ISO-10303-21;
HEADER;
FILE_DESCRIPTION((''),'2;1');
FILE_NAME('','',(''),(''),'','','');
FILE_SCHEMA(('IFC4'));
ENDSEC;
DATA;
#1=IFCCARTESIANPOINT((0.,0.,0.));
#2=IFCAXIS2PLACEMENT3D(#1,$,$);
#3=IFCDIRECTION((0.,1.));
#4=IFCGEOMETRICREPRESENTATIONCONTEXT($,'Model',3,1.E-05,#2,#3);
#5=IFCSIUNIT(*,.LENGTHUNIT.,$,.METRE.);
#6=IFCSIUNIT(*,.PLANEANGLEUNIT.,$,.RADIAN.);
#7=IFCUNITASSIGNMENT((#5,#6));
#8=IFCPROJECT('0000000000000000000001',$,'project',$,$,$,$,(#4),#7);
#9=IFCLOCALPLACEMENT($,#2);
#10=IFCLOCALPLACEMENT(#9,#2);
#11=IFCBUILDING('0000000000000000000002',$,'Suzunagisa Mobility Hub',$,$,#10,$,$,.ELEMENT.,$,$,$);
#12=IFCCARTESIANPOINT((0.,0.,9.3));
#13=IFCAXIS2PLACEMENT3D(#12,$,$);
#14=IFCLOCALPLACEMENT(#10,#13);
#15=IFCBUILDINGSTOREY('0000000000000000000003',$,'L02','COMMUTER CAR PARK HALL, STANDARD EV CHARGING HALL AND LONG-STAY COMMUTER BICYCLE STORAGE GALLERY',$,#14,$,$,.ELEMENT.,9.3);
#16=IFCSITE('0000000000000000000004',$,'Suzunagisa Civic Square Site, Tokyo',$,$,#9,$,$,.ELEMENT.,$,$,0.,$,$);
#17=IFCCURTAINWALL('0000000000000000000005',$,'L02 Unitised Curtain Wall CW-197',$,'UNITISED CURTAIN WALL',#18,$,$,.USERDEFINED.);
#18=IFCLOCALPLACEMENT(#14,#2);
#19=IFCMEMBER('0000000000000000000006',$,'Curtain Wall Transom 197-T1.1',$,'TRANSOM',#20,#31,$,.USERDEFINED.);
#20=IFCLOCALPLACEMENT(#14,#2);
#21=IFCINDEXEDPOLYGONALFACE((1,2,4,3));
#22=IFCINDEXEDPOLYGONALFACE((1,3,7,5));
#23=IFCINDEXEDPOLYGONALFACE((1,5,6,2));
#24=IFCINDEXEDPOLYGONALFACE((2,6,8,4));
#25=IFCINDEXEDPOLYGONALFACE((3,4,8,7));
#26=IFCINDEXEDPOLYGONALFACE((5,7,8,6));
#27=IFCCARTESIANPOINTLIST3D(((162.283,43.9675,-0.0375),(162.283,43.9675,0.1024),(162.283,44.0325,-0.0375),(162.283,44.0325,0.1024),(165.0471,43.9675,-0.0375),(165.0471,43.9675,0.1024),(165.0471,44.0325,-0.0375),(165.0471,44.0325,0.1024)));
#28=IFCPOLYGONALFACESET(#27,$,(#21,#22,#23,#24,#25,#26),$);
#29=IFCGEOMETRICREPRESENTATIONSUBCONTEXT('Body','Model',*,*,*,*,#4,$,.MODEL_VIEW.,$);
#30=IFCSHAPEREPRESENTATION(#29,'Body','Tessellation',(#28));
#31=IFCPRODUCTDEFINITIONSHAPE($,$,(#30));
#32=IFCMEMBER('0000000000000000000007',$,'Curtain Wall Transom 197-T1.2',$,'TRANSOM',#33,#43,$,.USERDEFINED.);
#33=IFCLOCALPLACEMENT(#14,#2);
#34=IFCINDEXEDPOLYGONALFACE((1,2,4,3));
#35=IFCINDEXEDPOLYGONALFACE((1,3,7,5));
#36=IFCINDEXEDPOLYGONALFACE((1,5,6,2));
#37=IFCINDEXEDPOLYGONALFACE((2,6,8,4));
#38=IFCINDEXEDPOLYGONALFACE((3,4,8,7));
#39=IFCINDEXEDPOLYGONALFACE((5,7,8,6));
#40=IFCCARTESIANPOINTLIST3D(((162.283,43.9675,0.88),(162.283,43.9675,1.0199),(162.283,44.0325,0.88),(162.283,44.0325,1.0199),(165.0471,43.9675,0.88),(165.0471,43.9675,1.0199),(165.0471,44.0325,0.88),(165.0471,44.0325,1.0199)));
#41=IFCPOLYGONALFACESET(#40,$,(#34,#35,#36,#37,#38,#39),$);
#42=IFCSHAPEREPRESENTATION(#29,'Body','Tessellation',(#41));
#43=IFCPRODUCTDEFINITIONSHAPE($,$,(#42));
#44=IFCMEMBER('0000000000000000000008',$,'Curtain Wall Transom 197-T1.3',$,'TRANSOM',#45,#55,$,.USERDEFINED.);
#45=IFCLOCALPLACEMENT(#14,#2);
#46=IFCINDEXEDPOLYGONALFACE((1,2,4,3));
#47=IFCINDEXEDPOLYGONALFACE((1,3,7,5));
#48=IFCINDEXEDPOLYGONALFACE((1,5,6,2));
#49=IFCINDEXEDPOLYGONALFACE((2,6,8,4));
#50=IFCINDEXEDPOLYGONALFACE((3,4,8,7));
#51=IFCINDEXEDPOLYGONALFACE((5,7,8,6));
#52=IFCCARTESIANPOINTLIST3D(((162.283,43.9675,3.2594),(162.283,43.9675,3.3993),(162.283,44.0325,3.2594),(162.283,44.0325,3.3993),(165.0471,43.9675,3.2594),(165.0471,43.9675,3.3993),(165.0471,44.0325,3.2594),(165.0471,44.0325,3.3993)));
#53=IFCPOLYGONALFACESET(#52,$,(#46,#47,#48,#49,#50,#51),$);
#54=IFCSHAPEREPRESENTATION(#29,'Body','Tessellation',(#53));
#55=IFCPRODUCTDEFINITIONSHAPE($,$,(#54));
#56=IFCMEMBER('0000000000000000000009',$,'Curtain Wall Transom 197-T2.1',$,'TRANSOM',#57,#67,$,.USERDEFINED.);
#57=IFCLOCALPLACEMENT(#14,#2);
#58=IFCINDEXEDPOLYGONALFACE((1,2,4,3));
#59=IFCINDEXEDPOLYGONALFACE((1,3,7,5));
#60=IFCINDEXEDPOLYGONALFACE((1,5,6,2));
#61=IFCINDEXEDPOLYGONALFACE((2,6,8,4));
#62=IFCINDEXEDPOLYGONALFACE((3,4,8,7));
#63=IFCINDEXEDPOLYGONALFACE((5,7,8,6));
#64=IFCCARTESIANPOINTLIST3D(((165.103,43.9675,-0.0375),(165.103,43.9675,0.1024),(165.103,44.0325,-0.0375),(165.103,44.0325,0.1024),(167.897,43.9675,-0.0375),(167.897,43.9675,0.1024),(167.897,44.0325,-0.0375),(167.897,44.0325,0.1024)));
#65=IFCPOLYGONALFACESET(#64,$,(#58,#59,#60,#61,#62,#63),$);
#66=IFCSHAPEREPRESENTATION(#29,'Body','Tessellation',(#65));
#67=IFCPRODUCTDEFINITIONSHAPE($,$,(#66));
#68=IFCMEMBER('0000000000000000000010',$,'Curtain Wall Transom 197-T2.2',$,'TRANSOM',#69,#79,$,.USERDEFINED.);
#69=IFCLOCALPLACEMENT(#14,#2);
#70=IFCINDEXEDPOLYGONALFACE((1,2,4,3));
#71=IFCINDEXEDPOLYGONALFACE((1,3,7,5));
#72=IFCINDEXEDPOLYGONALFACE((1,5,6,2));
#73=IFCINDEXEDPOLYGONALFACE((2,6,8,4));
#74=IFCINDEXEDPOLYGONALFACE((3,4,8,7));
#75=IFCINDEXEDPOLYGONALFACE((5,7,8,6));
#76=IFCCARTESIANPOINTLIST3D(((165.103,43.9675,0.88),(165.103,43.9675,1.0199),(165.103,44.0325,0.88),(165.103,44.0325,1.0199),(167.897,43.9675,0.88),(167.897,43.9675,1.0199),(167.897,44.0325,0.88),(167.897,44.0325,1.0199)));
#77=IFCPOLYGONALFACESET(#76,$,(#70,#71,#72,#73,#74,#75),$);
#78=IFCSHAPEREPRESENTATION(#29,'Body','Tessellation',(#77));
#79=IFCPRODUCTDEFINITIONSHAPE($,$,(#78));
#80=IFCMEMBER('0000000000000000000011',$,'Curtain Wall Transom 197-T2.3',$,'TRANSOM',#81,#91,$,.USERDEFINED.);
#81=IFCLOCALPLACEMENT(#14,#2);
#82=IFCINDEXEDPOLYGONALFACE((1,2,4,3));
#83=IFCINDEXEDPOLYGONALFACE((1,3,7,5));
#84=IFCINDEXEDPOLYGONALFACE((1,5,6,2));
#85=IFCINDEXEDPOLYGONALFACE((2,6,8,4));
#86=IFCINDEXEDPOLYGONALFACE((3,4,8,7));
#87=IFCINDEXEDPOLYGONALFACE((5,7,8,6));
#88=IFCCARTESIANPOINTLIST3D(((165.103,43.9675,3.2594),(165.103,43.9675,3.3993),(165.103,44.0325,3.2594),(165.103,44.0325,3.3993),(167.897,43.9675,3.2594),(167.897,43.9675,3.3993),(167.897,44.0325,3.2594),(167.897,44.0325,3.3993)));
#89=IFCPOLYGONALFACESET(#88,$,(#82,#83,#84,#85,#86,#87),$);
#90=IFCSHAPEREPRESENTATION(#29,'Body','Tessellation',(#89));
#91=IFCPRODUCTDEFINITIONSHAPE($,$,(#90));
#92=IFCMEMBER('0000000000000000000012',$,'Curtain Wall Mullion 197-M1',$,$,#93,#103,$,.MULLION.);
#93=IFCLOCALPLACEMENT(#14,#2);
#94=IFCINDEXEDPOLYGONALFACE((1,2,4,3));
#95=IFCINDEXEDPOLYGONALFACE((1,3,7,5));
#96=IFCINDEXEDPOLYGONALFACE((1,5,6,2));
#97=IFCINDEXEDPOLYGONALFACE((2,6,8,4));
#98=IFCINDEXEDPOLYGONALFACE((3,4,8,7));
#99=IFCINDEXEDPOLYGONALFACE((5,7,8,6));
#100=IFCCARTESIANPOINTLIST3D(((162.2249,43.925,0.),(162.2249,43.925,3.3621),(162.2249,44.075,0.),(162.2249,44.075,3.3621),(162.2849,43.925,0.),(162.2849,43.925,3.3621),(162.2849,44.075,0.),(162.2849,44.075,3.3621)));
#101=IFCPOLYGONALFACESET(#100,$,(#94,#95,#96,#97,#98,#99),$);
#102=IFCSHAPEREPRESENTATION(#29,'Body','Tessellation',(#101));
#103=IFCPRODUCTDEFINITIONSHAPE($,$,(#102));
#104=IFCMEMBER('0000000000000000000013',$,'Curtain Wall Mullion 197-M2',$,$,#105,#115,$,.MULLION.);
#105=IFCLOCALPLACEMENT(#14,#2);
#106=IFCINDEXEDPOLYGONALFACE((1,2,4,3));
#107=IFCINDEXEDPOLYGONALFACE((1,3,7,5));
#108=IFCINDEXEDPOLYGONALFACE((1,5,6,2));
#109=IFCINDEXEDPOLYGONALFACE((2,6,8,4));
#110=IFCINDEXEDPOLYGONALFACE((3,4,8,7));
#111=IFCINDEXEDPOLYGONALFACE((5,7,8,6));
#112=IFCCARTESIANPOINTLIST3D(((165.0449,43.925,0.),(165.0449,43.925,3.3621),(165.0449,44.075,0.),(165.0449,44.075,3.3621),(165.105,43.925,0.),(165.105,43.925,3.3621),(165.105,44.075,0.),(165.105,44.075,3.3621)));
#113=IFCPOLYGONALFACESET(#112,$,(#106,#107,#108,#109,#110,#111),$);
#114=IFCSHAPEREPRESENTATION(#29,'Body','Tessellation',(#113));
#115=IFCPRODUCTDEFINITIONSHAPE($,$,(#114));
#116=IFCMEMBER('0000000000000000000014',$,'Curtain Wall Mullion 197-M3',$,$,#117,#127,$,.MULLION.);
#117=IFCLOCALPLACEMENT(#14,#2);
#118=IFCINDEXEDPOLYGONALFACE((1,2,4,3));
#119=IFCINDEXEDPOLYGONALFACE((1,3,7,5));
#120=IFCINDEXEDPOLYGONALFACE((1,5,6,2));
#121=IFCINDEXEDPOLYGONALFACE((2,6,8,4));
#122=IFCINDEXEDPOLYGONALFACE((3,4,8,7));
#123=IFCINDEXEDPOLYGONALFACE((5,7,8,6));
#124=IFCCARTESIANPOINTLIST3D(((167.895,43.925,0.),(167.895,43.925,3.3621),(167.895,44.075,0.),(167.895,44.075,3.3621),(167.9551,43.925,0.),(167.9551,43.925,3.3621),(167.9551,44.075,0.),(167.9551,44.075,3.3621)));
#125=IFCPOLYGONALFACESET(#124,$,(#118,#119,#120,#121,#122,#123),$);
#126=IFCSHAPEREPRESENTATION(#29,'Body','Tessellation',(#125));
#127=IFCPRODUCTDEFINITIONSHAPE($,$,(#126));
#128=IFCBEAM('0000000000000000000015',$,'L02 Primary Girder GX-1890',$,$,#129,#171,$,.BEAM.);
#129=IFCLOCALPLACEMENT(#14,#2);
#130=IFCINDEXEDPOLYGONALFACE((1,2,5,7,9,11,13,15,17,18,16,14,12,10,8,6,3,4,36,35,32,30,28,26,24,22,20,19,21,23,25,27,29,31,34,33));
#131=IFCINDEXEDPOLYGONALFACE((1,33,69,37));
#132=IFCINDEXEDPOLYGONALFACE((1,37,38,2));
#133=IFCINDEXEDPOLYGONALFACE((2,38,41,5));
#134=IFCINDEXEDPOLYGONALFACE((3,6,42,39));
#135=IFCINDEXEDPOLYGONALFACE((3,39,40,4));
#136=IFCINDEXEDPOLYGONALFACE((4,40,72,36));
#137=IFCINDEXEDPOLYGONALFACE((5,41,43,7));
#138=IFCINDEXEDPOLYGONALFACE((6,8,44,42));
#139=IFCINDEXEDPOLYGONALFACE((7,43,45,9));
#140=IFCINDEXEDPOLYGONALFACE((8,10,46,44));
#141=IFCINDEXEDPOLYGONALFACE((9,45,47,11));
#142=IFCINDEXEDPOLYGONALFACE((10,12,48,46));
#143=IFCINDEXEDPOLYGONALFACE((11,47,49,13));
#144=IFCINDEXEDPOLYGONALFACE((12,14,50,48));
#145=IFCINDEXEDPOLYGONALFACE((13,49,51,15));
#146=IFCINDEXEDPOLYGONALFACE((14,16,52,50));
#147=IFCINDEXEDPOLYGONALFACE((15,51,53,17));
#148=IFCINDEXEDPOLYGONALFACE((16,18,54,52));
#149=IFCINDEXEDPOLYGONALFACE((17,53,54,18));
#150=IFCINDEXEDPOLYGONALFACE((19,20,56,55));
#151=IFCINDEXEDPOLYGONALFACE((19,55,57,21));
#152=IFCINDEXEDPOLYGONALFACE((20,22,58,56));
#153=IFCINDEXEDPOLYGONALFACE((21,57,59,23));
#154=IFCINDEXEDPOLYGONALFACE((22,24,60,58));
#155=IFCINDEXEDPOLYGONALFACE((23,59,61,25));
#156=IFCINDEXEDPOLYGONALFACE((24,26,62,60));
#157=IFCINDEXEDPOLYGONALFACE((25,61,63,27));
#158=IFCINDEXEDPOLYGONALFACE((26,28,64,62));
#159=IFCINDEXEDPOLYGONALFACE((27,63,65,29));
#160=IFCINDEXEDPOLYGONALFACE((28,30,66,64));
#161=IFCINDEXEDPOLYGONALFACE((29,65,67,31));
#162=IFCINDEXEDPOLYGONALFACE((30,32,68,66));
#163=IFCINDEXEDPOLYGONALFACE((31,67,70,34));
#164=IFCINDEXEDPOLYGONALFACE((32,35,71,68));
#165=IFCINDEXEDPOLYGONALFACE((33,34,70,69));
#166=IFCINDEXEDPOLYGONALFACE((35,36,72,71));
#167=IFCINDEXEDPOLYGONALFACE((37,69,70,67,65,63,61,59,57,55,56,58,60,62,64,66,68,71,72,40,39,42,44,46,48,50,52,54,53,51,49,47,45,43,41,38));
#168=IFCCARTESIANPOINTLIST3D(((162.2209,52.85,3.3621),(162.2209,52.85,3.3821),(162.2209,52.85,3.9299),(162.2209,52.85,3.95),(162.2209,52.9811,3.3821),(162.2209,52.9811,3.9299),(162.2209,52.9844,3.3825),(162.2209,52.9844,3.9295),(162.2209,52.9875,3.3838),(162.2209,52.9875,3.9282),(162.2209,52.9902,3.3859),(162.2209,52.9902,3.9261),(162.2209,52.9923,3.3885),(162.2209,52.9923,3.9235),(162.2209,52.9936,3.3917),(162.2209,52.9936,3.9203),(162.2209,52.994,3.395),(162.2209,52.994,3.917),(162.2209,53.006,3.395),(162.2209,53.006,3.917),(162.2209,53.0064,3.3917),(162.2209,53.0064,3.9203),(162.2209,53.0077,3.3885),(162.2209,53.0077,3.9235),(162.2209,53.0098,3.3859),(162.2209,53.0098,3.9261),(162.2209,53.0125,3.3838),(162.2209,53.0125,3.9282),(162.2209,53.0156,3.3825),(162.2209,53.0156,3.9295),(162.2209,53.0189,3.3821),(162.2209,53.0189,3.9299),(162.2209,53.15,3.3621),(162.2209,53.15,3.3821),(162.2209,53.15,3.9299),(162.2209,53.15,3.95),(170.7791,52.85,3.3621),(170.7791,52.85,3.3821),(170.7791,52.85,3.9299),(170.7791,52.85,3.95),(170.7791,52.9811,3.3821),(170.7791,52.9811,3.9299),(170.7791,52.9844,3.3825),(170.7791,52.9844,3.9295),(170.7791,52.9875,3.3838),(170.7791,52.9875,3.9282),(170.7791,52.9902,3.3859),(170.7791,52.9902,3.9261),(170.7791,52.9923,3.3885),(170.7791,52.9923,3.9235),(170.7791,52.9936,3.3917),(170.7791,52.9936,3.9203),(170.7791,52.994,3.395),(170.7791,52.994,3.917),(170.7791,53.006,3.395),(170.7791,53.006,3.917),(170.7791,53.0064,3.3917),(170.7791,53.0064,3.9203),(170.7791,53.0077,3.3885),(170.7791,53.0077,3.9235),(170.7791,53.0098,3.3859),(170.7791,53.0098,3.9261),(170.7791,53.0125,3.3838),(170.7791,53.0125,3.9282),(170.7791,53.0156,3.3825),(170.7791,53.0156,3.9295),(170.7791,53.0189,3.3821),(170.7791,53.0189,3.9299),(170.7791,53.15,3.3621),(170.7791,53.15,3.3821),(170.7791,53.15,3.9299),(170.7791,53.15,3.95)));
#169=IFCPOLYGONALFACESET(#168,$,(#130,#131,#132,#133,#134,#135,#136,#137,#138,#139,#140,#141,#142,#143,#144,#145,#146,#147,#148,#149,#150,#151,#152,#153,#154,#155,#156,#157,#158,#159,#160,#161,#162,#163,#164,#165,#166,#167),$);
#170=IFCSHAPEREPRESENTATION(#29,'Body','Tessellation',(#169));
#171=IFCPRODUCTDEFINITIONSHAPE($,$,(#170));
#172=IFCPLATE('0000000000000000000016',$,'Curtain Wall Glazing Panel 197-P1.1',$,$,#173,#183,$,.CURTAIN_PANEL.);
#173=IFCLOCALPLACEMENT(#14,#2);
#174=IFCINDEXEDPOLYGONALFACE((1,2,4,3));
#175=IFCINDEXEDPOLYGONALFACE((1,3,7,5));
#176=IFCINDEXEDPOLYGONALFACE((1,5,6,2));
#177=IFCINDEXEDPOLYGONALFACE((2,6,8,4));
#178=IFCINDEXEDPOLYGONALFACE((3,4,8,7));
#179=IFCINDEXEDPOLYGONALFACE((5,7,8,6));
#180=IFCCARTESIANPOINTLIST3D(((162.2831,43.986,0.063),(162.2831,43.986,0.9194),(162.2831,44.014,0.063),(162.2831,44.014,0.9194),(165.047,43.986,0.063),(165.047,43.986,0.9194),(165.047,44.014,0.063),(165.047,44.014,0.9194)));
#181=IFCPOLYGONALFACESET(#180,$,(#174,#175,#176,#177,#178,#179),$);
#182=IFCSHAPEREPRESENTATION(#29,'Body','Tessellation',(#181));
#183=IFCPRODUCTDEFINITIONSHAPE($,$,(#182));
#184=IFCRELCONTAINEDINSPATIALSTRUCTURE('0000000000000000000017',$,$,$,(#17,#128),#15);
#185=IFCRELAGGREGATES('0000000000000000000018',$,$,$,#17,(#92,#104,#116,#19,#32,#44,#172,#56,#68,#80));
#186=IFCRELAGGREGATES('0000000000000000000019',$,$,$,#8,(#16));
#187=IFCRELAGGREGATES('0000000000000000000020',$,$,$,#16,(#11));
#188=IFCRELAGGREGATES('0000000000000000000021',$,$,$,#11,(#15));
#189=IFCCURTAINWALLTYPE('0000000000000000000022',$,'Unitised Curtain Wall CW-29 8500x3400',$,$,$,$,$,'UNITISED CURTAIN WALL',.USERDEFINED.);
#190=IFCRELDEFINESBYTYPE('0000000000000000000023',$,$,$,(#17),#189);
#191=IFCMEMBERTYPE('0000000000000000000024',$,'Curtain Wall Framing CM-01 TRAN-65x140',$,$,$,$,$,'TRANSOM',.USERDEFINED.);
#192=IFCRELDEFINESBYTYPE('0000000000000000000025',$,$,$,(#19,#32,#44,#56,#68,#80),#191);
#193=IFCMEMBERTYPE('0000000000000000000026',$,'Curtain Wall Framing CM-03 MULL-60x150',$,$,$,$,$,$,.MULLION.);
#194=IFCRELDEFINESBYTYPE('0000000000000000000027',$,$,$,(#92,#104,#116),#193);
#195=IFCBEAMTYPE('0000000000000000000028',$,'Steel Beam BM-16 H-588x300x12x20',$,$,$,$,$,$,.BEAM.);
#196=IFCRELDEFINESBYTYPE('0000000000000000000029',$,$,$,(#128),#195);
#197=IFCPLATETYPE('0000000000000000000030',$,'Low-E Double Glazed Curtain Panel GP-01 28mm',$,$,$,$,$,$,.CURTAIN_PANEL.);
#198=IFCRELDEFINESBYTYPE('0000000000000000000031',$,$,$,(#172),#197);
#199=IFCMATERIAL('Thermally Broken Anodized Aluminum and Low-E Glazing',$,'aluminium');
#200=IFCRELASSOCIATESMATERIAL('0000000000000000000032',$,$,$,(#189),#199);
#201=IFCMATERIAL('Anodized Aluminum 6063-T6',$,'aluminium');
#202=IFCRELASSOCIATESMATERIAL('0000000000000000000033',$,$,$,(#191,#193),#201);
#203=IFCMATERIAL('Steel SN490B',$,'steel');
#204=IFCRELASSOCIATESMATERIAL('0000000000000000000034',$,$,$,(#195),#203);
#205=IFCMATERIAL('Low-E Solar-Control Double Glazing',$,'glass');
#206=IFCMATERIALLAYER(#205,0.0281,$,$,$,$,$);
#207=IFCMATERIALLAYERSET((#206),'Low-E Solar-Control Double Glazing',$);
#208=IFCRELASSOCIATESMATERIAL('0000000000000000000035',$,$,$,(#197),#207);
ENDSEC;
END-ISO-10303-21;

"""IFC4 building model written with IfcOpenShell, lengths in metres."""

from ifc_helpers import new_model, si_unit, direction, frame, origin, origin_2d, place, context, subcontext, project, spatial, rectangle, i_section, extrude, material, layer, layer_set, material_profile, profile_set, type_object, element, aggregate, save


model = new_model("IFC4")

# Units and contexts
model_context = context("Model", 3, precision=1e-05, world=origin(), true_north=direction((0.0, 1.0)))
body_context = subcontext(model_context, "Body", "Model", "MODEL_VIEW")
ifc_project = project(units=[si_unit("LENGTHUNIT", "METRE"), si_unit("PLANEANGLEUNIT", "RADIAN")], contexts=[model_context])

# Site, building, storey
site_placement = place(None, origin())
site = spatial("IfcSite", under=ifc_project, at=site_placement, Name="Suzunagisa Civic Square Site, Tokyo", CompositionType="ELEMENT", RefElevation=0.0)
building_placement = place(site_placement, origin())
building = spatial("IfcBuilding", under=site, at=building_placement, Name="Suzunagisa Mobility Hub", CompositionType="ELEMENT")
storey_placement = place(building_placement, frame((0.0, 0.0, 9.3)))
storey = spatial("IfcBuildingStorey", under=building, at=storey_placement, Name="L02", Description="COMMUTER CAR PARK HALL, STANDARD EV CHARGING HALL AND LONG-STAY COMMUTER BICYCLE STORAGE GALLERY", CompositionType="ELEMENT", Elevation=9.3)

# Curtain wall, members
ifc_material_1 = material(Name="Thermally Broken Anodized Aluminum and Low-E Glazing", Category="aluminium")
curtain_wall_type = type_object("IfcCurtainWallType", Name="Unitised Curtain Wall CW-29 8500x3400", ElementType="UNITISED CURTAIN WALL", PredefinedType="USERDEFINED", material=ifc_material_1)
curtain_wall_placement = place(storey_placement, origin())
curtain_wall = element("IfcCurtainWall", 1, at=curtain_wall_placement, inside=storey, type_object=curtain_wall_type, Name="L02 Unitised Curtain Wall CW-197", ObjectType="UNITISED CURTAIN WALL", PredefinedType="USERDEFINED")
ifc_material_2 = material(Name="Anodized Aluminum 6063-T6", Category="aluminium")
ifc_material_profile_1 = material_profile(ifc_material_2, rectangle(XDim=0.0649, YDim=0.1399, at=origin_2d()), Name="TRAN-65x140")
ifc_profile_set_1 = profile_set([ifc_material_profile_1], Name="Anodized Aluminum 6063-T6")
member_type_1 = type_object("IfcMemberType", Name="Curtain Wall Framing CM-01 TRAN-65x140", ElementType="TRANSOM", PredefinedType="USERDEFINED", material=ifc_profile_set_1)
member_1_placement = place(storey_placement, frame((162.283, 44.0, 0.0325), z_axis=(1.0, 0.0, 0.0), x_axis=(0.0, 1.0, 0.0)))
member_1 = element("IfcMember", 2, at=member_1_placement, type_object=member_type_1, Name="Curtain Wall Transom 197-T1.1", ObjectType="TRANSOM", PredefinedType="USERDEFINED", context=body_context, shape_type="SweptSolid", body=[
    extrude(rectangle(XDim=0.0649, YDim=0.1399, at=origin_2d()), origin(), (0.0, 0.0, 1.0), 2.7642),
])
member_2_placement = place(storey_placement, frame((162.283, 44.0, 0.95), z_axis=(1.0, 0.0, 0.0), x_axis=(0.0, 1.0, 0.0)))
member_2 = element("IfcMember", 3, at=member_2_placement, type_object=member_type_1, Name="Curtain Wall Transom 197-T1.2", ObjectType="TRANSOM", PredefinedType="USERDEFINED", context=body_context, shape_type="SweptSolid", body=[
    extrude(rectangle(XDim=0.0649, YDim=0.1399, at=origin_2d()), origin(), (0.0, 0.0, 1.0), 2.7642),
])
member_3_placement = place(storey_placement, frame((162.283, 44.0, 3.3293), z_axis=(1.0, 0.0, 0.0), x_axis=(0.0, 1.0, 0.0)))
member_3 = element("IfcMember", 4, at=member_3_placement, type_object=member_type_1, Name="Curtain Wall Transom 197-T1.3", ObjectType="TRANSOM", PredefinedType="USERDEFINED", context=body_context, shape_type="SweptSolid", body=[
    extrude(rectangle(XDim=0.0649, YDim=0.1399, at=origin_2d()), origin(), (0.0, 0.0, 1.0), 2.7642),
])
member_4_placement = place(storey_placement, frame((165.103, 44.0, 0.0325), z_axis=(1.0, 0.0, 0.0), x_axis=(0.0, 1.0, 0.0)))
member_4 = element("IfcMember", 5, at=member_4_placement, type_object=member_type_1, Name="Curtain Wall Transom 197-T2.1", ObjectType="TRANSOM", PredefinedType="USERDEFINED", context=body_context, shape_type="SweptSolid", body=[
    extrude(rectangle(XDim=0.0649, YDim=0.1399, at=origin_2d()), origin(), (0.0, 0.0, 1.0), 2.7939),
])
member_5_placement = place(storey_placement, frame((165.103, 44.0, 0.95), z_axis=(1.0, 0.0, 0.0), x_axis=(0.0, 1.0, 0.0)))
member_5 = element("IfcMember", 6, at=member_5_placement, type_object=member_type_1, Name="Curtain Wall Transom 197-T2.2", ObjectType="TRANSOM", PredefinedType="USERDEFINED", context=body_context, shape_type="SweptSolid", body=[
    extrude(rectangle(XDim=0.0649, YDim=0.1399, at=origin_2d()), origin(), (0.0, 0.0, 1.0), 2.7939),
])
member_6_placement = place(storey_placement, frame((165.103, 44.0, 3.3293), z_axis=(1.0, 0.0, 0.0), x_axis=(0.0, 1.0, 0.0)))
member_6 = element("IfcMember", 7, at=member_6_placement, type_object=member_type_1, Name="Curtain Wall Transom 197-T2.3", ObjectType="TRANSOM", PredefinedType="USERDEFINED", context=body_context, shape_type="SweptSolid", body=[
    extrude(rectangle(XDim=0.0649, YDim=0.1399, at=origin_2d()), origin(), (0.0, 0.0, 1.0), 2.7939),
])
ifc_material_profile_2 = material_profile(ifc_material_2, rectangle(XDim=0.0601, YDim=0.1499, at=origin_2d()), Name="MULL-60x150")
ifc_profile_set_2 = profile_set([ifc_material_profile_2], Name="Anodized Aluminum 6063-T6")
member_type_2 = type_object("IfcMemberType", Name="Curtain Wall Framing CM-03 MULL-60x150", PredefinedType="MULLION", material=ifc_profile_set_2)
member_7_placement = place(storey_placement, frame((162.2549, 44.0, 0.0), z_axis=(0.0, 0.0, 1.0), x_axis=(1.0, 0.0, 0.0)))
member_7 = element("IfcMember", 8, at=member_7_placement, type_object=member_type_2, Name="Curtain Wall Mullion 197-M1", PredefinedType="MULLION", context=body_context, shape_type="SweptSolid", body=[
    extrude(rectangle(XDim=0.0601, YDim=0.1499, at=origin_2d()), origin(), (0.0, 0.0, 1.0), 3.3621),
])
member_8_placement = place(storey_placement, frame((165.075, 44.0, 0.0), z_axis=(0.0, 0.0, 1.0), x_axis=(1.0, 0.0, 0.0)))
member_8 = element("IfcMember", 9, at=member_8_placement, type_object=member_type_2, Name="Curtain Wall Mullion 197-M2", PredefinedType="MULLION", context=body_context, shape_type="SweptSolid", body=[
    extrude(rectangle(XDim=0.0601, YDim=0.1499, at=origin_2d()), origin(), (0.0, 0.0, 1.0), 3.3621),
])
member_9_placement = place(storey_placement, frame((167.925, 44.0, 0.0), z_axis=(0.0, 0.0, 1.0), x_axis=(1.0, 0.0, 0.0)))
member_9 = element("IfcMember", 10, at=member_9_placement, type_object=member_type_2, Name="Curtain Wall Mullion 197-M3", PredefinedType="MULLION", context=body_context, shape_type="SweptSolid", body=[
    extrude(rectangle(XDim=0.0601, YDim=0.1499, at=origin_2d()), origin(), (0.0, 0.0, 1.0), 3.3621),
])

# Beam
ifc_material_3 = material(Name="Steel SN490B", Category="steel")
ifc_material_profile_3 = material_profile(ifc_material_3, i_section(OverallWidth=0.3, OverallDepth=0.5879, WebThickness=0.012, FlangeThickness=0.02, FilletRadius=0.0129, at=origin_2d()), Name="H-588x300x12x20")
ifc_profile_set_3 = profile_set([ifc_material_profile_3], Name="Steel SN490B")
beam_type = type_object("IfcBeamType", Name="Steel Beam BM-16 H-588x300x12x20", PredefinedType="BEAM", material=ifc_profile_set_3)
beam_placement = place(storey_placement, frame((162.2209, 53.0, 3.656), z_axis=(1.0, 0.0, 0.0), x_axis=(0.0, 1.0, 0.0)))
element("IfcBeam", 11, at=beam_placement, inside=storey, type_object=beam_type, Name="L02 Primary Girder GX-1890", PredefinedType="BEAM", context=body_context, shape_type="SweptSolid", body=[
    extrude(i_section(OverallWidth=0.3, OverallDepth=0.5879, WebThickness=0.012, FlangeThickness=0.02, FilletRadius=0.0129, at=origin_2d()), origin(), (0.0, 0.0, 1.0), 8.5581),
])

# Plate
ifc_material_4 = material(Name="Low-E Solar-Control Double Glazing", Category="glass")
ifc_layer_1 = layer(ifc_material_4, 0.0281)
ifc_layer_set_1 = layer_set([ifc_layer_1], Name="Low-E Solar-Control Double Glazing")
plate_type = type_object("IfcPlateType", Name="Low-E Double Glazed Curtain Panel GP-01 28mm", PredefinedType="CURTAIN_PANEL", material=ifc_layer_set_1)
plate_1_placement = place(storey_placement, frame((163.665, 44.0, 0.063), z_axis=(0.0, 0.0, 1.0), x_axis=(1.0, 0.0, 0.0)))
plate_1 = element("IfcPlate", 12, at=plate_1_placement, type_object=plate_type, Name="Curtain Wall Glazing Panel 197-P1.1", PredefinedType="CURTAIN_PANEL", context=body_context, shape_type="SweptSolid", body=[
    extrude(rectangle(XDim=2.7639, YDim=0.0281, at=origin_2d()), origin(), (0.0, 0.0, 1.0), 0.8564),
])
aggregate(curtain_wall, [member_7, member_8, member_9, member_1, member_2, member_3, plate_1, member_4, member_5, member_6])

save(model, "model.ifc")
